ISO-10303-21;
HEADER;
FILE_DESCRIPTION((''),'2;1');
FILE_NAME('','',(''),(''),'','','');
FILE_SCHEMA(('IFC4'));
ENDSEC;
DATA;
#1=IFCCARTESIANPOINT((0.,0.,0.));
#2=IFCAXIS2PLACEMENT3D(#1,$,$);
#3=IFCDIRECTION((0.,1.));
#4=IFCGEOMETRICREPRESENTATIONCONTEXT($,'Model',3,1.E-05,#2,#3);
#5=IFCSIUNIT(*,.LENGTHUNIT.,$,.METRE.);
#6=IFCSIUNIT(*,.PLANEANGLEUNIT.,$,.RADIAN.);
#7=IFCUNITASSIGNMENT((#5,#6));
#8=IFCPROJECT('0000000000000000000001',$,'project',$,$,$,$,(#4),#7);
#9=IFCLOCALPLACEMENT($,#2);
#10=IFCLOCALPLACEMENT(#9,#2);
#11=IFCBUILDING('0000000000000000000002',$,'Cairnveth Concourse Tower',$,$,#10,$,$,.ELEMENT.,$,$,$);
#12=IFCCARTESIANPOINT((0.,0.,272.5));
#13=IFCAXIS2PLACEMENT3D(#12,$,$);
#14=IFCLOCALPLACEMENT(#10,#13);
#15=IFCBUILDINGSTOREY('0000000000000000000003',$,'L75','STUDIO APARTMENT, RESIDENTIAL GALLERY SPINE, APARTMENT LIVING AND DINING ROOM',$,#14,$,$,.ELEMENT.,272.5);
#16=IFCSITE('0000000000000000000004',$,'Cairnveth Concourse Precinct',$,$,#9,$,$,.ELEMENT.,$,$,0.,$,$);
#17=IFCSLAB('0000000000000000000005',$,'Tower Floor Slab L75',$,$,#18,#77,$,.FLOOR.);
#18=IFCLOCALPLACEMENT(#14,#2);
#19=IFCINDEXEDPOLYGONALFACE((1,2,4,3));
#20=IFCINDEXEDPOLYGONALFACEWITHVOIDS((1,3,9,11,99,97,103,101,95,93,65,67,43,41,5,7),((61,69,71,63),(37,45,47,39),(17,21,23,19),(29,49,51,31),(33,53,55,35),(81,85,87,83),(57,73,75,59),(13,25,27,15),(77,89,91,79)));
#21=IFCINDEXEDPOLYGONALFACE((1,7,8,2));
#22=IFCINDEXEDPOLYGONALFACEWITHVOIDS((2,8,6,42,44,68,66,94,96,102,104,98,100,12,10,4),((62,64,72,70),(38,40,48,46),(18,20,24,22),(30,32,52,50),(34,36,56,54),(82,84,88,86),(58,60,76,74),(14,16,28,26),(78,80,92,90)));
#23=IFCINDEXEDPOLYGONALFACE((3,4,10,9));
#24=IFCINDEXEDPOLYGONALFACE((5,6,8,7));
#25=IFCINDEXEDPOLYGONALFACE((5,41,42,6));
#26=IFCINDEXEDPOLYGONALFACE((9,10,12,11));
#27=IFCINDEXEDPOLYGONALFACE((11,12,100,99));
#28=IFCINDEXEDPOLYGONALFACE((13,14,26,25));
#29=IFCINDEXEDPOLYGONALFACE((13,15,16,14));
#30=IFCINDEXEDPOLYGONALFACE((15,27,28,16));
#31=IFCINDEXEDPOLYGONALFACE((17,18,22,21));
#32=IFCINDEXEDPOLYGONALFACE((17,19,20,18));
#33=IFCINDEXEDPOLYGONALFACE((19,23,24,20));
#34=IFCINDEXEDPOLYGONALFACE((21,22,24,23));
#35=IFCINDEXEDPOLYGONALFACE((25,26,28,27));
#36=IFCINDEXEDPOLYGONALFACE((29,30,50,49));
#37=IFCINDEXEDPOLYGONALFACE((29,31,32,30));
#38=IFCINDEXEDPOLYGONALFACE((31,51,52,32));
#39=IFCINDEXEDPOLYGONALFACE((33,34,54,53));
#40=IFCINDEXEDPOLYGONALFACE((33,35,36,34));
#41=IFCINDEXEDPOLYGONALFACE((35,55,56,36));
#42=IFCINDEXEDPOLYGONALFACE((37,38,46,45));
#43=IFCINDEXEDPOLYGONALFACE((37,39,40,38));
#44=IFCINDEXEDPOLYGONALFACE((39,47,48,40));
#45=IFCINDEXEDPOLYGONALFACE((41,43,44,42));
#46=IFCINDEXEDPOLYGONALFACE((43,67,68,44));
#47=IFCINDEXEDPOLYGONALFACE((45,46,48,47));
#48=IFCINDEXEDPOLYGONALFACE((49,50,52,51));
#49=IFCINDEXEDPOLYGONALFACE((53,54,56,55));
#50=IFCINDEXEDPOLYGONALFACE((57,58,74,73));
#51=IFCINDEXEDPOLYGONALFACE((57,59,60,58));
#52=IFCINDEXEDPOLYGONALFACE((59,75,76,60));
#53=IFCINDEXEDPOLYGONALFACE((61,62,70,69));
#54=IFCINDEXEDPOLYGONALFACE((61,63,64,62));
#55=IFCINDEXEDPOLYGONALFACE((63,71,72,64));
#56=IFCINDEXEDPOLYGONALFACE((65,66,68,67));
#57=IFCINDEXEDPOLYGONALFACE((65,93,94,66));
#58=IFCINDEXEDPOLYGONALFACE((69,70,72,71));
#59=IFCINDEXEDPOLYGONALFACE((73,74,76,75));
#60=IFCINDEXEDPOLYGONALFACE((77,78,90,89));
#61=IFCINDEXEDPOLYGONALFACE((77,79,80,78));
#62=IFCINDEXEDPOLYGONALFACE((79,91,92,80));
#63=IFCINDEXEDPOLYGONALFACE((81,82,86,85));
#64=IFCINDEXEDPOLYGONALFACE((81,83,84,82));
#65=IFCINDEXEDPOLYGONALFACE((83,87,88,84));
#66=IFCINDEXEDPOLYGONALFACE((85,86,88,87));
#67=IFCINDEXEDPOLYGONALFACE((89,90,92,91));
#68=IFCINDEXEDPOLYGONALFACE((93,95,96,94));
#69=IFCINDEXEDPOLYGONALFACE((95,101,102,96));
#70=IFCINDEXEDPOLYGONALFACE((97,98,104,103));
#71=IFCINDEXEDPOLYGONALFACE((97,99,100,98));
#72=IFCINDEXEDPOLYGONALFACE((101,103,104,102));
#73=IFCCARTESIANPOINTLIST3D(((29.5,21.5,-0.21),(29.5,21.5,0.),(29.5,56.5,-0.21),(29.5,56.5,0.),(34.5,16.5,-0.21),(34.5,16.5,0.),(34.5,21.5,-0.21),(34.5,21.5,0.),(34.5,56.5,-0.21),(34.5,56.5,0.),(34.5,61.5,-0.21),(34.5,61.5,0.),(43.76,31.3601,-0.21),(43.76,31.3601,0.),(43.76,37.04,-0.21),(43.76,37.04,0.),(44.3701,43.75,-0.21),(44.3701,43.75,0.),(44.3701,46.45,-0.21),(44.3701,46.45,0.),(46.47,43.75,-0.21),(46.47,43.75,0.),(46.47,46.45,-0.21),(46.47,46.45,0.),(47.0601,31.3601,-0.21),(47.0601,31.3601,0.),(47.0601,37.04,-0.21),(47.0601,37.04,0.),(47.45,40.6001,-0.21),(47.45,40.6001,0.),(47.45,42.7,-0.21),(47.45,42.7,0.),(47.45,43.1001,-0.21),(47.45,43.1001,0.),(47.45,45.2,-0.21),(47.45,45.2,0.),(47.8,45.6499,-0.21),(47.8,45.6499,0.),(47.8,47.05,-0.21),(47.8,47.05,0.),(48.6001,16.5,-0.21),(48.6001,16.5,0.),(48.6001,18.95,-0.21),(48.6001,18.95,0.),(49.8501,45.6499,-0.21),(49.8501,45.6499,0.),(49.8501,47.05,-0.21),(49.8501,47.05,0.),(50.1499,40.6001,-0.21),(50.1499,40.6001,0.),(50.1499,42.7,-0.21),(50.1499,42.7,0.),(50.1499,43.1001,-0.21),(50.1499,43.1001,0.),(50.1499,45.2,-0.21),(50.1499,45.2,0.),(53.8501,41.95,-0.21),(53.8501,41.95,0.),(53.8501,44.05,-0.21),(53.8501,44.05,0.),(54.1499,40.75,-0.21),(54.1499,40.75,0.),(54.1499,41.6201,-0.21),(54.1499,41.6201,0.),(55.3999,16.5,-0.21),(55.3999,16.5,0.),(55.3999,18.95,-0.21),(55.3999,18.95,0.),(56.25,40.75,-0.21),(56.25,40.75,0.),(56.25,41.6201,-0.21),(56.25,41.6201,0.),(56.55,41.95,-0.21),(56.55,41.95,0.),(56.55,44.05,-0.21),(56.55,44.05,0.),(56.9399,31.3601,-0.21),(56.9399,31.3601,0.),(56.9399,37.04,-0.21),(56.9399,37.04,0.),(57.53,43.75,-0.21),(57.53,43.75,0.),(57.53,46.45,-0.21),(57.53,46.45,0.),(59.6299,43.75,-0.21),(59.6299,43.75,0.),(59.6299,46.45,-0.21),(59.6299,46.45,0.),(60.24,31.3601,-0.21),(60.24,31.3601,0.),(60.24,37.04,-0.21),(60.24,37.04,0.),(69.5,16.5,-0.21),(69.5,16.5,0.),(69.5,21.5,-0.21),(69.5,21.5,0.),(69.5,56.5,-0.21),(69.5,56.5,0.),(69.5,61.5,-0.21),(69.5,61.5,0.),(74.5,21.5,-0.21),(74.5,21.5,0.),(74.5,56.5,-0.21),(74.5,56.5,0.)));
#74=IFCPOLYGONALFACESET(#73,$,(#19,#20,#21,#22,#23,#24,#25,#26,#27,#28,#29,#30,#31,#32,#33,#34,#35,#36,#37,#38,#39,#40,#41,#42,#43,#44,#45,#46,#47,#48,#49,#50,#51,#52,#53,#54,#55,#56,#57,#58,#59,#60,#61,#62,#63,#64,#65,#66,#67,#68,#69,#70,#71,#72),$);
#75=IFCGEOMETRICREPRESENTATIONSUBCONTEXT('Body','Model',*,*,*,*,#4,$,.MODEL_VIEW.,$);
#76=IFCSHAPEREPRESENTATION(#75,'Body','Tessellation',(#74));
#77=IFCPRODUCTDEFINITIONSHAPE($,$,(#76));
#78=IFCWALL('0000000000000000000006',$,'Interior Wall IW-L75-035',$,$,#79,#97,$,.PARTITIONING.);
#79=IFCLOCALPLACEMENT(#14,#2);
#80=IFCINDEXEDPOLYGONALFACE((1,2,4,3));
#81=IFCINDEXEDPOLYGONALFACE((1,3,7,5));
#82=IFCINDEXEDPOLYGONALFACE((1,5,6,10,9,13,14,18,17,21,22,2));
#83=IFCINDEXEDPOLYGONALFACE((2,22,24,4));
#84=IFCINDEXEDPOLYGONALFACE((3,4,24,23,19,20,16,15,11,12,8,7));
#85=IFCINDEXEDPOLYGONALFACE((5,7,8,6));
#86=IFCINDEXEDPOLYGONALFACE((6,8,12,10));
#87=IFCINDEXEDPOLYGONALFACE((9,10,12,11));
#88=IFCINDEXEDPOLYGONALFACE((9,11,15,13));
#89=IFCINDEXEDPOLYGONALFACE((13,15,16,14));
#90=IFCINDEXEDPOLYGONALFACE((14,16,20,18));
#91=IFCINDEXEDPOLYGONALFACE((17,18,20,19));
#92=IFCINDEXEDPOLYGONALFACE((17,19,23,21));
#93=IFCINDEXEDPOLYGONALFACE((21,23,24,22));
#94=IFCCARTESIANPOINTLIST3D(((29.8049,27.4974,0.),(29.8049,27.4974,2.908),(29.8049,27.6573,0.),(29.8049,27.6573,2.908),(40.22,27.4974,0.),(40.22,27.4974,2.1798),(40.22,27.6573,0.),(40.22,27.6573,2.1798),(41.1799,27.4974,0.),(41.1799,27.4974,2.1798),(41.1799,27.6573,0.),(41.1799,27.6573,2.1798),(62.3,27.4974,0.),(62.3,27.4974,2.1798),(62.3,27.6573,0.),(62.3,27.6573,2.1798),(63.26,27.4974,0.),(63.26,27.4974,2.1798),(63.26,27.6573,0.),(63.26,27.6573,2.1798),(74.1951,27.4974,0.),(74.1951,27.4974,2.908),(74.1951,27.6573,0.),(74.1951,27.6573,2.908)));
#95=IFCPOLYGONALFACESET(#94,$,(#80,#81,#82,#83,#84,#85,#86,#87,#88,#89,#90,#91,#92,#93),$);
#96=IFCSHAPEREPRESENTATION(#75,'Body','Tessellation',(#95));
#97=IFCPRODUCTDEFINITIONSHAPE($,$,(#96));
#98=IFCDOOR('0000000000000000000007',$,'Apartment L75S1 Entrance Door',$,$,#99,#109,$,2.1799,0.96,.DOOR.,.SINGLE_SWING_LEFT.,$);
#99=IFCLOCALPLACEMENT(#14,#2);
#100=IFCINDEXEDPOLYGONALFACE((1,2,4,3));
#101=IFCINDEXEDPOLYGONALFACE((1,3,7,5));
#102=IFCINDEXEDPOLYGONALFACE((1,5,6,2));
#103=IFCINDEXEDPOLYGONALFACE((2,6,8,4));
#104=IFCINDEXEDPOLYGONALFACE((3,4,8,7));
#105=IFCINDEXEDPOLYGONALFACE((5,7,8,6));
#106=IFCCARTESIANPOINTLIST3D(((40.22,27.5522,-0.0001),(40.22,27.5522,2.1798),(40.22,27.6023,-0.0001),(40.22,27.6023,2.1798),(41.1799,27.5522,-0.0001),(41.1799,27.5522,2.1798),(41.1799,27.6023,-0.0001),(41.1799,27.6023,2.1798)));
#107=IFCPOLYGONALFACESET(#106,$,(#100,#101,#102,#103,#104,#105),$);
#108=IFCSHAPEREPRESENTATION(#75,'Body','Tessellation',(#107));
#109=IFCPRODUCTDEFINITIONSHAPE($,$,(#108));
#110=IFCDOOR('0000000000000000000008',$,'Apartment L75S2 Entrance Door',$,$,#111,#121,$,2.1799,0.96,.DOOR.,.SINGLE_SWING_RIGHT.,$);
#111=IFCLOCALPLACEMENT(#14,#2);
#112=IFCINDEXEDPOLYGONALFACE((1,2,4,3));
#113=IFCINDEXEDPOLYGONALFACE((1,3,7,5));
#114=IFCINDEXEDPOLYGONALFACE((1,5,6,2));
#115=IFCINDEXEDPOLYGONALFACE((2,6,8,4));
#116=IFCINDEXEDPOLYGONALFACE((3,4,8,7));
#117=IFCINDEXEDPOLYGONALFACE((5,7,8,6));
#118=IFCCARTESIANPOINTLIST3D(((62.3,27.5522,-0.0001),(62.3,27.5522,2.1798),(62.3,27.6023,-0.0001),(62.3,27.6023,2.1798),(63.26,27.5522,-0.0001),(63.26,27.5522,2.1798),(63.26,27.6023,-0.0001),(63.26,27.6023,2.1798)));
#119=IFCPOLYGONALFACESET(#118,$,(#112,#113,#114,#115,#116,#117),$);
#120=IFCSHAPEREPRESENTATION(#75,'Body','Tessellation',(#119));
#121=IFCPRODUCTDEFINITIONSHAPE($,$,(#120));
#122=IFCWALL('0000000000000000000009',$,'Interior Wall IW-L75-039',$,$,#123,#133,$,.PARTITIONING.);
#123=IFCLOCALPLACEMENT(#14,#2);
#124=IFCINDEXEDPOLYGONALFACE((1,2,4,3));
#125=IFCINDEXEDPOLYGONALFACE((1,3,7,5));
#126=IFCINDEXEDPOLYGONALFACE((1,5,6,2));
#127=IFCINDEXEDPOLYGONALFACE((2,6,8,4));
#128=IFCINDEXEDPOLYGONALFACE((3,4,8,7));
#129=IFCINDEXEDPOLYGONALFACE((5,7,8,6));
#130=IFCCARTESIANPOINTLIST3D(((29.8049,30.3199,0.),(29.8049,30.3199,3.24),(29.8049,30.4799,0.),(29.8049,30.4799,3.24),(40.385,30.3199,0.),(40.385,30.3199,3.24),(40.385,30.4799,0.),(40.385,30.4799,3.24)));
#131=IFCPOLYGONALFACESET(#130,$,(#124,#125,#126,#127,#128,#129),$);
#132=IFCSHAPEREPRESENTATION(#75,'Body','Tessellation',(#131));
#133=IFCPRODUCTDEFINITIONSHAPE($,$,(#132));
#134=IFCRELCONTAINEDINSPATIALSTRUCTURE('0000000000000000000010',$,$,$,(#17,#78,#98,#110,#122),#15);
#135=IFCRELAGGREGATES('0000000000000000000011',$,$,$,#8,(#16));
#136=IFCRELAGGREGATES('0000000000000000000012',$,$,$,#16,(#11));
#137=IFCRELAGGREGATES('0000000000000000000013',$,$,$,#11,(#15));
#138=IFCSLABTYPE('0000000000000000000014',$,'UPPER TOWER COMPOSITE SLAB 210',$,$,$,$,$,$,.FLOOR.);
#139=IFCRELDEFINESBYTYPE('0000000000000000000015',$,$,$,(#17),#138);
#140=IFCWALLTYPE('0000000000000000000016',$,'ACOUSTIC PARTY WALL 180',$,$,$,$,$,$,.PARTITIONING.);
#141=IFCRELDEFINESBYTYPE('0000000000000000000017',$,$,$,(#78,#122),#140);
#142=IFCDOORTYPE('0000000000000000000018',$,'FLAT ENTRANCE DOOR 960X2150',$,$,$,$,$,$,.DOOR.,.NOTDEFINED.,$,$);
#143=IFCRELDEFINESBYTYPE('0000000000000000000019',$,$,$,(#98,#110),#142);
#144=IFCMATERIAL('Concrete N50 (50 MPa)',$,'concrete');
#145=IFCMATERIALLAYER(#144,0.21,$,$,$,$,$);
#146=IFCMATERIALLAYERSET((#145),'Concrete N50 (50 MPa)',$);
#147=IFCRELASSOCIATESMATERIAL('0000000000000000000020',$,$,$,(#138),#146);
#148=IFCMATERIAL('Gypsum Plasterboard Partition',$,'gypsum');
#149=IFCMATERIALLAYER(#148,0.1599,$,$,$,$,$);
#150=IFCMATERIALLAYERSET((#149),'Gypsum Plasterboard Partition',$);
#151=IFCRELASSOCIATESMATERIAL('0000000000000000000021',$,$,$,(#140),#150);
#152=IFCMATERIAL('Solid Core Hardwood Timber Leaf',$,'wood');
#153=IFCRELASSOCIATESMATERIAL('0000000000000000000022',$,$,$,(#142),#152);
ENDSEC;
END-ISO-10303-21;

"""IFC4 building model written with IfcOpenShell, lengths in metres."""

from ifc_helpers import new_model, si_unit, direction, frame, frame_2d, origin, place, context, subcontext, project, spatial, polyline, rectangle, outline, extrude, material, layer, layer_set, type_object, element, fill, save


model = new_model("IFC4")

# Units and contexts
model_context = context("Model", 3, precision=1e-05, world=origin(), true_north=direction((0.0, 1.0)))
body_context = subcontext(model_context, "Body", "Model", "MODEL_VIEW")
ifc_project = project(units=[si_unit("LENGTHUNIT", "METRE"), si_unit("PLANEANGLEUNIT", "RADIAN")], contexts=[model_context])

# Site, building, storey
site_placement = place(None, origin())
site = spatial("IfcSite", under=ifc_project, at=site_placement, Name="Cairnveth Concourse Precinct", CompositionType="ELEMENT", RefElevation=0.0)
building_placement = place(site_placement, origin())
building = spatial("IfcBuilding", under=site, at=building_placement, Name="Cairnveth Concourse Tower", CompositionType="ELEMENT")
storey_placement = place(building_placement, frame((0.0, 0.0, 272.5)))
storey = spatial("IfcBuildingStorey", under=building, at=storey_placement, Name="L75", Description="STUDIO APARTMENT, RESIDENTIAL GALLERY SPINE, APARTMENT LIVING AND DINING ROOM", CompositionType="ELEMENT", Elevation=272.5)

# Shared definitions
ifc_material_1 = material(Name="Concrete N50 (50 MPa)", Category="concrete")

# Slab
ifc_layer_1 = layer(ifc_material_1, 0.21)
ifc_layer_set_1 = layer_set([ifc_layer_1], Name="Concrete N50 (50 MPa)")
slab_type_1 = type_object("IfcSlabType", Name="UPPER TOWER COMPOSITE SLAB 210", PredefinedType="FLOOR", material=ifc_layer_set_1)
slab_1_placement = place(storey_placement, frame((0.0, 0.0, -0.21)))
element("IfcSlab", 1, at=slab_1_placement, inside=storey, type_object=slab_type_1, Name="Tower Floor Slab L75", PredefinedType="FLOOR", context=body_context, shape_type="SweptSolid", body=[
    extrude(outline(polyline([(48.6001, 16.5), (48.6001, 18.95), (55.3999, 18.95), (55.3999, 16.5), (69.5, 16.5), (69.5, 21.5), (74.5, 21.5), (74.5, 56.5), (69.5, 56.5), (69.5, 61.5), (34.5, 61.5), (34.5, 56.5), (29.5, 56.5), (29.5, 21.5), (34.5, 21.5), (34.5, 16.5), (48.6001, 16.5)]), holes=[polyline([(43.76, 31.3601), (47.0601, 31.3601), (47.0601, 37.04), (43.76, 37.04), (43.76, 31.3601)]), polyline([(56.9399, 31.3601), (60.24, 31.3601), (60.24, 37.04), (56.9399, 37.04), (56.9399, 31.3601)]), polyline([(44.3701, 43.75), (46.47, 43.75), (46.47, 46.45), (44.3701, 46.45), (44.3701, 43.75)]), polyline([(57.53, 43.75), (59.6299, 43.75), (59.6299, 46.45), (57.53, 46.45), (57.53, 43.75)]), polyline([(47.45, 40.6001), (50.1499, 40.6001), (50.1499, 42.7), (47.45, 42.7), (47.45, 40.6001)]), polyline([(47.45, 43.1001), (50.1499, 43.1001), (50.1499, 45.2), (47.45, 45.2), (47.45, 43.1001)]), polyline([(53.8501, 41.95), (56.55, 41.95), (56.55, 44.05), (53.8501, 44.05), (53.8501, 41.95)]), polyline([(47.8, 45.6499), (49.8501, 45.6499), (49.8501, 47.05), (47.8, 47.05), (47.8, 45.6499)]), polyline([(54.1499, 40.75), (56.25, 40.75), (56.25, 41.6201), (54.1499, 41.6201), (54.1499, 40.75)])]), origin(), (0.0, 0.0, 1.0), 0.21),
])

# Wall, openings, doors
ifc_material_2 = material(Name="Gypsum Plasterboard Partition", Category="gypsum")
ifc_layer_2 = layer(ifc_material_2, 0.1599)
ifc_layer_set_2 = layer_set([ifc_layer_2], Name="Gypsum Plasterboard Partition")
wall_type_1 = type_object("IfcWallType", Name="ACOUSTIC PARTY WALL 180", PredefinedType="PARTITIONING", material=ifc_layer_set_2)
wall_1_placement = place(storey_placement, frame((29.8049, 27.5774, 0.0), z_axis=(0.0, 0.0, 1.0), x_axis=(1.0, 0.0, 0.0)))
wall_1 = element("IfcWall", 2, at=wall_1_placement, inside=storey, type_object=wall_type_1, Name="Interior Wall IW-L75-035", PredefinedType="PARTITIONING", context=body_context, shape_type="SweptSolid", body=[
    extrude(rectangle(XDim=44.3901, YDim=0.1599, at=frame_2d((22.1951, 0.0))), origin(), (0.0, 0.0, 1.0), 2.908),
])
opening_1_placement = place(wall_1_placement, frame((10.415, 0.0, 0.0)))
opening_1 = element("IfcOpeningElement", 3, at=opening_1_placement, cuts=wall_1, PredefinedType="OPENING", context=body_context, shape_type="SweptSolid", body=[
    extrude(rectangle(XDim=0.96, YDim=2.1799, at=frame_2d((0.48, 1.0898))), frame((0.0, 0.0898, 0.0), z_axis=(0.0, -1.0, 0.0), x_axis=(1.0, 0.0, 0.0)), (0.0, 0.0, 1.0), 0.1799),
])
opening_2_placement = place(wall_1_placement, frame((32.4951, 0.0, 0.0)))
opening_2 = element("IfcOpeningElement", 4, at=opening_2_placement, cuts=wall_1, PredefinedType="OPENING", context=body_context, shape_type="SweptSolid", body=[
    extrude(rectangle(XDim=0.96, YDim=2.1799, at=frame_2d((0.48, 1.0898))), frame((0.0, 0.0898, 0.0), z_axis=(0.0, -1.0, 0.0), x_axis=(1.0, 0.0, 0.0)), (0.0, 0.0, 1.0), 0.1799),
])
ifc_material_3 = material(Name="Solid Core Hardwood Timber Leaf", Category="wood")
door_type = type_object("IfcDoorType", Name="FLAT ENTRANCE DOOR 960X2150", OperationType="NOTDEFINED", PredefinedType="DOOR", material=ifc_material_3)
door_1_placement = place(opening_1_placement, origin())
door_1 = element("IfcDoor", 5, at=door_1_placement, inside=storey, type_object=door_type, Name="Apartment L75S1 Entrance Door", OperationType="SINGLE_SWING_LEFT", OverallHeight=2.1799, OverallWidth=0.96, PredefinedType="DOOR", context=body_context, shape_type="SweptSolid", body=[
    extrude(rectangle(XDim=0.96, YDim=2.1799, at=frame_2d((0.48, 1.0898))), frame((0.0, 0.0249, 0.0), z_axis=(0.0, -1.0, 0.0), x_axis=(1.0, 0.0, 0.0)), (0.0, 0.0, 1.0), 0.05),
])
fill(opening_1, door_1)
door_2_placement = place(opening_2_placement, origin())
door_2 = element("IfcDoor", 6, at=door_2_placement, inside=storey, type_object=door_type, Name="Apartment L75S2 Entrance Door", OperationType="SINGLE_SWING_RIGHT", OverallHeight=2.1799, OverallWidth=0.96, PredefinedType="DOOR", context=body_context, shape_type="SweptSolid", body=[
    extrude(rectangle(XDim=0.96, YDim=2.1799, at=frame_2d((0.48, 1.0898))), frame((0.0, 0.0249, 0.0), z_axis=(0.0, -1.0, 0.0), x_axis=(1.0, 0.0, 0.0)), (0.0, 0.0, 1.0), 0.05),
])
fill(opening_2, door_2)

# Wall
wall_2_placement = place(storey_placement, frame((29.8049, 30.3999, 0.0), z_axis=(0.0, 0.0, 1.0), x_axis=(1.0, 0.0, 0.0)))
element("IfcWall", 7, at=wall_2_placement, inside=storey, type_object=wall_type_1, Name="Interior Wall IW-L75-039", PredefinedType="PARTITIONING", context=body_context, shape_type="SweptSolid", body=[
    extrude(rectangle(XDim=10.5801, YDim=0.1599, at=frame_2d((5.29, 0.0))), origin(), (0.0, 0.0, 1.0), 3.24),
])

save(model, "model.ifc")
